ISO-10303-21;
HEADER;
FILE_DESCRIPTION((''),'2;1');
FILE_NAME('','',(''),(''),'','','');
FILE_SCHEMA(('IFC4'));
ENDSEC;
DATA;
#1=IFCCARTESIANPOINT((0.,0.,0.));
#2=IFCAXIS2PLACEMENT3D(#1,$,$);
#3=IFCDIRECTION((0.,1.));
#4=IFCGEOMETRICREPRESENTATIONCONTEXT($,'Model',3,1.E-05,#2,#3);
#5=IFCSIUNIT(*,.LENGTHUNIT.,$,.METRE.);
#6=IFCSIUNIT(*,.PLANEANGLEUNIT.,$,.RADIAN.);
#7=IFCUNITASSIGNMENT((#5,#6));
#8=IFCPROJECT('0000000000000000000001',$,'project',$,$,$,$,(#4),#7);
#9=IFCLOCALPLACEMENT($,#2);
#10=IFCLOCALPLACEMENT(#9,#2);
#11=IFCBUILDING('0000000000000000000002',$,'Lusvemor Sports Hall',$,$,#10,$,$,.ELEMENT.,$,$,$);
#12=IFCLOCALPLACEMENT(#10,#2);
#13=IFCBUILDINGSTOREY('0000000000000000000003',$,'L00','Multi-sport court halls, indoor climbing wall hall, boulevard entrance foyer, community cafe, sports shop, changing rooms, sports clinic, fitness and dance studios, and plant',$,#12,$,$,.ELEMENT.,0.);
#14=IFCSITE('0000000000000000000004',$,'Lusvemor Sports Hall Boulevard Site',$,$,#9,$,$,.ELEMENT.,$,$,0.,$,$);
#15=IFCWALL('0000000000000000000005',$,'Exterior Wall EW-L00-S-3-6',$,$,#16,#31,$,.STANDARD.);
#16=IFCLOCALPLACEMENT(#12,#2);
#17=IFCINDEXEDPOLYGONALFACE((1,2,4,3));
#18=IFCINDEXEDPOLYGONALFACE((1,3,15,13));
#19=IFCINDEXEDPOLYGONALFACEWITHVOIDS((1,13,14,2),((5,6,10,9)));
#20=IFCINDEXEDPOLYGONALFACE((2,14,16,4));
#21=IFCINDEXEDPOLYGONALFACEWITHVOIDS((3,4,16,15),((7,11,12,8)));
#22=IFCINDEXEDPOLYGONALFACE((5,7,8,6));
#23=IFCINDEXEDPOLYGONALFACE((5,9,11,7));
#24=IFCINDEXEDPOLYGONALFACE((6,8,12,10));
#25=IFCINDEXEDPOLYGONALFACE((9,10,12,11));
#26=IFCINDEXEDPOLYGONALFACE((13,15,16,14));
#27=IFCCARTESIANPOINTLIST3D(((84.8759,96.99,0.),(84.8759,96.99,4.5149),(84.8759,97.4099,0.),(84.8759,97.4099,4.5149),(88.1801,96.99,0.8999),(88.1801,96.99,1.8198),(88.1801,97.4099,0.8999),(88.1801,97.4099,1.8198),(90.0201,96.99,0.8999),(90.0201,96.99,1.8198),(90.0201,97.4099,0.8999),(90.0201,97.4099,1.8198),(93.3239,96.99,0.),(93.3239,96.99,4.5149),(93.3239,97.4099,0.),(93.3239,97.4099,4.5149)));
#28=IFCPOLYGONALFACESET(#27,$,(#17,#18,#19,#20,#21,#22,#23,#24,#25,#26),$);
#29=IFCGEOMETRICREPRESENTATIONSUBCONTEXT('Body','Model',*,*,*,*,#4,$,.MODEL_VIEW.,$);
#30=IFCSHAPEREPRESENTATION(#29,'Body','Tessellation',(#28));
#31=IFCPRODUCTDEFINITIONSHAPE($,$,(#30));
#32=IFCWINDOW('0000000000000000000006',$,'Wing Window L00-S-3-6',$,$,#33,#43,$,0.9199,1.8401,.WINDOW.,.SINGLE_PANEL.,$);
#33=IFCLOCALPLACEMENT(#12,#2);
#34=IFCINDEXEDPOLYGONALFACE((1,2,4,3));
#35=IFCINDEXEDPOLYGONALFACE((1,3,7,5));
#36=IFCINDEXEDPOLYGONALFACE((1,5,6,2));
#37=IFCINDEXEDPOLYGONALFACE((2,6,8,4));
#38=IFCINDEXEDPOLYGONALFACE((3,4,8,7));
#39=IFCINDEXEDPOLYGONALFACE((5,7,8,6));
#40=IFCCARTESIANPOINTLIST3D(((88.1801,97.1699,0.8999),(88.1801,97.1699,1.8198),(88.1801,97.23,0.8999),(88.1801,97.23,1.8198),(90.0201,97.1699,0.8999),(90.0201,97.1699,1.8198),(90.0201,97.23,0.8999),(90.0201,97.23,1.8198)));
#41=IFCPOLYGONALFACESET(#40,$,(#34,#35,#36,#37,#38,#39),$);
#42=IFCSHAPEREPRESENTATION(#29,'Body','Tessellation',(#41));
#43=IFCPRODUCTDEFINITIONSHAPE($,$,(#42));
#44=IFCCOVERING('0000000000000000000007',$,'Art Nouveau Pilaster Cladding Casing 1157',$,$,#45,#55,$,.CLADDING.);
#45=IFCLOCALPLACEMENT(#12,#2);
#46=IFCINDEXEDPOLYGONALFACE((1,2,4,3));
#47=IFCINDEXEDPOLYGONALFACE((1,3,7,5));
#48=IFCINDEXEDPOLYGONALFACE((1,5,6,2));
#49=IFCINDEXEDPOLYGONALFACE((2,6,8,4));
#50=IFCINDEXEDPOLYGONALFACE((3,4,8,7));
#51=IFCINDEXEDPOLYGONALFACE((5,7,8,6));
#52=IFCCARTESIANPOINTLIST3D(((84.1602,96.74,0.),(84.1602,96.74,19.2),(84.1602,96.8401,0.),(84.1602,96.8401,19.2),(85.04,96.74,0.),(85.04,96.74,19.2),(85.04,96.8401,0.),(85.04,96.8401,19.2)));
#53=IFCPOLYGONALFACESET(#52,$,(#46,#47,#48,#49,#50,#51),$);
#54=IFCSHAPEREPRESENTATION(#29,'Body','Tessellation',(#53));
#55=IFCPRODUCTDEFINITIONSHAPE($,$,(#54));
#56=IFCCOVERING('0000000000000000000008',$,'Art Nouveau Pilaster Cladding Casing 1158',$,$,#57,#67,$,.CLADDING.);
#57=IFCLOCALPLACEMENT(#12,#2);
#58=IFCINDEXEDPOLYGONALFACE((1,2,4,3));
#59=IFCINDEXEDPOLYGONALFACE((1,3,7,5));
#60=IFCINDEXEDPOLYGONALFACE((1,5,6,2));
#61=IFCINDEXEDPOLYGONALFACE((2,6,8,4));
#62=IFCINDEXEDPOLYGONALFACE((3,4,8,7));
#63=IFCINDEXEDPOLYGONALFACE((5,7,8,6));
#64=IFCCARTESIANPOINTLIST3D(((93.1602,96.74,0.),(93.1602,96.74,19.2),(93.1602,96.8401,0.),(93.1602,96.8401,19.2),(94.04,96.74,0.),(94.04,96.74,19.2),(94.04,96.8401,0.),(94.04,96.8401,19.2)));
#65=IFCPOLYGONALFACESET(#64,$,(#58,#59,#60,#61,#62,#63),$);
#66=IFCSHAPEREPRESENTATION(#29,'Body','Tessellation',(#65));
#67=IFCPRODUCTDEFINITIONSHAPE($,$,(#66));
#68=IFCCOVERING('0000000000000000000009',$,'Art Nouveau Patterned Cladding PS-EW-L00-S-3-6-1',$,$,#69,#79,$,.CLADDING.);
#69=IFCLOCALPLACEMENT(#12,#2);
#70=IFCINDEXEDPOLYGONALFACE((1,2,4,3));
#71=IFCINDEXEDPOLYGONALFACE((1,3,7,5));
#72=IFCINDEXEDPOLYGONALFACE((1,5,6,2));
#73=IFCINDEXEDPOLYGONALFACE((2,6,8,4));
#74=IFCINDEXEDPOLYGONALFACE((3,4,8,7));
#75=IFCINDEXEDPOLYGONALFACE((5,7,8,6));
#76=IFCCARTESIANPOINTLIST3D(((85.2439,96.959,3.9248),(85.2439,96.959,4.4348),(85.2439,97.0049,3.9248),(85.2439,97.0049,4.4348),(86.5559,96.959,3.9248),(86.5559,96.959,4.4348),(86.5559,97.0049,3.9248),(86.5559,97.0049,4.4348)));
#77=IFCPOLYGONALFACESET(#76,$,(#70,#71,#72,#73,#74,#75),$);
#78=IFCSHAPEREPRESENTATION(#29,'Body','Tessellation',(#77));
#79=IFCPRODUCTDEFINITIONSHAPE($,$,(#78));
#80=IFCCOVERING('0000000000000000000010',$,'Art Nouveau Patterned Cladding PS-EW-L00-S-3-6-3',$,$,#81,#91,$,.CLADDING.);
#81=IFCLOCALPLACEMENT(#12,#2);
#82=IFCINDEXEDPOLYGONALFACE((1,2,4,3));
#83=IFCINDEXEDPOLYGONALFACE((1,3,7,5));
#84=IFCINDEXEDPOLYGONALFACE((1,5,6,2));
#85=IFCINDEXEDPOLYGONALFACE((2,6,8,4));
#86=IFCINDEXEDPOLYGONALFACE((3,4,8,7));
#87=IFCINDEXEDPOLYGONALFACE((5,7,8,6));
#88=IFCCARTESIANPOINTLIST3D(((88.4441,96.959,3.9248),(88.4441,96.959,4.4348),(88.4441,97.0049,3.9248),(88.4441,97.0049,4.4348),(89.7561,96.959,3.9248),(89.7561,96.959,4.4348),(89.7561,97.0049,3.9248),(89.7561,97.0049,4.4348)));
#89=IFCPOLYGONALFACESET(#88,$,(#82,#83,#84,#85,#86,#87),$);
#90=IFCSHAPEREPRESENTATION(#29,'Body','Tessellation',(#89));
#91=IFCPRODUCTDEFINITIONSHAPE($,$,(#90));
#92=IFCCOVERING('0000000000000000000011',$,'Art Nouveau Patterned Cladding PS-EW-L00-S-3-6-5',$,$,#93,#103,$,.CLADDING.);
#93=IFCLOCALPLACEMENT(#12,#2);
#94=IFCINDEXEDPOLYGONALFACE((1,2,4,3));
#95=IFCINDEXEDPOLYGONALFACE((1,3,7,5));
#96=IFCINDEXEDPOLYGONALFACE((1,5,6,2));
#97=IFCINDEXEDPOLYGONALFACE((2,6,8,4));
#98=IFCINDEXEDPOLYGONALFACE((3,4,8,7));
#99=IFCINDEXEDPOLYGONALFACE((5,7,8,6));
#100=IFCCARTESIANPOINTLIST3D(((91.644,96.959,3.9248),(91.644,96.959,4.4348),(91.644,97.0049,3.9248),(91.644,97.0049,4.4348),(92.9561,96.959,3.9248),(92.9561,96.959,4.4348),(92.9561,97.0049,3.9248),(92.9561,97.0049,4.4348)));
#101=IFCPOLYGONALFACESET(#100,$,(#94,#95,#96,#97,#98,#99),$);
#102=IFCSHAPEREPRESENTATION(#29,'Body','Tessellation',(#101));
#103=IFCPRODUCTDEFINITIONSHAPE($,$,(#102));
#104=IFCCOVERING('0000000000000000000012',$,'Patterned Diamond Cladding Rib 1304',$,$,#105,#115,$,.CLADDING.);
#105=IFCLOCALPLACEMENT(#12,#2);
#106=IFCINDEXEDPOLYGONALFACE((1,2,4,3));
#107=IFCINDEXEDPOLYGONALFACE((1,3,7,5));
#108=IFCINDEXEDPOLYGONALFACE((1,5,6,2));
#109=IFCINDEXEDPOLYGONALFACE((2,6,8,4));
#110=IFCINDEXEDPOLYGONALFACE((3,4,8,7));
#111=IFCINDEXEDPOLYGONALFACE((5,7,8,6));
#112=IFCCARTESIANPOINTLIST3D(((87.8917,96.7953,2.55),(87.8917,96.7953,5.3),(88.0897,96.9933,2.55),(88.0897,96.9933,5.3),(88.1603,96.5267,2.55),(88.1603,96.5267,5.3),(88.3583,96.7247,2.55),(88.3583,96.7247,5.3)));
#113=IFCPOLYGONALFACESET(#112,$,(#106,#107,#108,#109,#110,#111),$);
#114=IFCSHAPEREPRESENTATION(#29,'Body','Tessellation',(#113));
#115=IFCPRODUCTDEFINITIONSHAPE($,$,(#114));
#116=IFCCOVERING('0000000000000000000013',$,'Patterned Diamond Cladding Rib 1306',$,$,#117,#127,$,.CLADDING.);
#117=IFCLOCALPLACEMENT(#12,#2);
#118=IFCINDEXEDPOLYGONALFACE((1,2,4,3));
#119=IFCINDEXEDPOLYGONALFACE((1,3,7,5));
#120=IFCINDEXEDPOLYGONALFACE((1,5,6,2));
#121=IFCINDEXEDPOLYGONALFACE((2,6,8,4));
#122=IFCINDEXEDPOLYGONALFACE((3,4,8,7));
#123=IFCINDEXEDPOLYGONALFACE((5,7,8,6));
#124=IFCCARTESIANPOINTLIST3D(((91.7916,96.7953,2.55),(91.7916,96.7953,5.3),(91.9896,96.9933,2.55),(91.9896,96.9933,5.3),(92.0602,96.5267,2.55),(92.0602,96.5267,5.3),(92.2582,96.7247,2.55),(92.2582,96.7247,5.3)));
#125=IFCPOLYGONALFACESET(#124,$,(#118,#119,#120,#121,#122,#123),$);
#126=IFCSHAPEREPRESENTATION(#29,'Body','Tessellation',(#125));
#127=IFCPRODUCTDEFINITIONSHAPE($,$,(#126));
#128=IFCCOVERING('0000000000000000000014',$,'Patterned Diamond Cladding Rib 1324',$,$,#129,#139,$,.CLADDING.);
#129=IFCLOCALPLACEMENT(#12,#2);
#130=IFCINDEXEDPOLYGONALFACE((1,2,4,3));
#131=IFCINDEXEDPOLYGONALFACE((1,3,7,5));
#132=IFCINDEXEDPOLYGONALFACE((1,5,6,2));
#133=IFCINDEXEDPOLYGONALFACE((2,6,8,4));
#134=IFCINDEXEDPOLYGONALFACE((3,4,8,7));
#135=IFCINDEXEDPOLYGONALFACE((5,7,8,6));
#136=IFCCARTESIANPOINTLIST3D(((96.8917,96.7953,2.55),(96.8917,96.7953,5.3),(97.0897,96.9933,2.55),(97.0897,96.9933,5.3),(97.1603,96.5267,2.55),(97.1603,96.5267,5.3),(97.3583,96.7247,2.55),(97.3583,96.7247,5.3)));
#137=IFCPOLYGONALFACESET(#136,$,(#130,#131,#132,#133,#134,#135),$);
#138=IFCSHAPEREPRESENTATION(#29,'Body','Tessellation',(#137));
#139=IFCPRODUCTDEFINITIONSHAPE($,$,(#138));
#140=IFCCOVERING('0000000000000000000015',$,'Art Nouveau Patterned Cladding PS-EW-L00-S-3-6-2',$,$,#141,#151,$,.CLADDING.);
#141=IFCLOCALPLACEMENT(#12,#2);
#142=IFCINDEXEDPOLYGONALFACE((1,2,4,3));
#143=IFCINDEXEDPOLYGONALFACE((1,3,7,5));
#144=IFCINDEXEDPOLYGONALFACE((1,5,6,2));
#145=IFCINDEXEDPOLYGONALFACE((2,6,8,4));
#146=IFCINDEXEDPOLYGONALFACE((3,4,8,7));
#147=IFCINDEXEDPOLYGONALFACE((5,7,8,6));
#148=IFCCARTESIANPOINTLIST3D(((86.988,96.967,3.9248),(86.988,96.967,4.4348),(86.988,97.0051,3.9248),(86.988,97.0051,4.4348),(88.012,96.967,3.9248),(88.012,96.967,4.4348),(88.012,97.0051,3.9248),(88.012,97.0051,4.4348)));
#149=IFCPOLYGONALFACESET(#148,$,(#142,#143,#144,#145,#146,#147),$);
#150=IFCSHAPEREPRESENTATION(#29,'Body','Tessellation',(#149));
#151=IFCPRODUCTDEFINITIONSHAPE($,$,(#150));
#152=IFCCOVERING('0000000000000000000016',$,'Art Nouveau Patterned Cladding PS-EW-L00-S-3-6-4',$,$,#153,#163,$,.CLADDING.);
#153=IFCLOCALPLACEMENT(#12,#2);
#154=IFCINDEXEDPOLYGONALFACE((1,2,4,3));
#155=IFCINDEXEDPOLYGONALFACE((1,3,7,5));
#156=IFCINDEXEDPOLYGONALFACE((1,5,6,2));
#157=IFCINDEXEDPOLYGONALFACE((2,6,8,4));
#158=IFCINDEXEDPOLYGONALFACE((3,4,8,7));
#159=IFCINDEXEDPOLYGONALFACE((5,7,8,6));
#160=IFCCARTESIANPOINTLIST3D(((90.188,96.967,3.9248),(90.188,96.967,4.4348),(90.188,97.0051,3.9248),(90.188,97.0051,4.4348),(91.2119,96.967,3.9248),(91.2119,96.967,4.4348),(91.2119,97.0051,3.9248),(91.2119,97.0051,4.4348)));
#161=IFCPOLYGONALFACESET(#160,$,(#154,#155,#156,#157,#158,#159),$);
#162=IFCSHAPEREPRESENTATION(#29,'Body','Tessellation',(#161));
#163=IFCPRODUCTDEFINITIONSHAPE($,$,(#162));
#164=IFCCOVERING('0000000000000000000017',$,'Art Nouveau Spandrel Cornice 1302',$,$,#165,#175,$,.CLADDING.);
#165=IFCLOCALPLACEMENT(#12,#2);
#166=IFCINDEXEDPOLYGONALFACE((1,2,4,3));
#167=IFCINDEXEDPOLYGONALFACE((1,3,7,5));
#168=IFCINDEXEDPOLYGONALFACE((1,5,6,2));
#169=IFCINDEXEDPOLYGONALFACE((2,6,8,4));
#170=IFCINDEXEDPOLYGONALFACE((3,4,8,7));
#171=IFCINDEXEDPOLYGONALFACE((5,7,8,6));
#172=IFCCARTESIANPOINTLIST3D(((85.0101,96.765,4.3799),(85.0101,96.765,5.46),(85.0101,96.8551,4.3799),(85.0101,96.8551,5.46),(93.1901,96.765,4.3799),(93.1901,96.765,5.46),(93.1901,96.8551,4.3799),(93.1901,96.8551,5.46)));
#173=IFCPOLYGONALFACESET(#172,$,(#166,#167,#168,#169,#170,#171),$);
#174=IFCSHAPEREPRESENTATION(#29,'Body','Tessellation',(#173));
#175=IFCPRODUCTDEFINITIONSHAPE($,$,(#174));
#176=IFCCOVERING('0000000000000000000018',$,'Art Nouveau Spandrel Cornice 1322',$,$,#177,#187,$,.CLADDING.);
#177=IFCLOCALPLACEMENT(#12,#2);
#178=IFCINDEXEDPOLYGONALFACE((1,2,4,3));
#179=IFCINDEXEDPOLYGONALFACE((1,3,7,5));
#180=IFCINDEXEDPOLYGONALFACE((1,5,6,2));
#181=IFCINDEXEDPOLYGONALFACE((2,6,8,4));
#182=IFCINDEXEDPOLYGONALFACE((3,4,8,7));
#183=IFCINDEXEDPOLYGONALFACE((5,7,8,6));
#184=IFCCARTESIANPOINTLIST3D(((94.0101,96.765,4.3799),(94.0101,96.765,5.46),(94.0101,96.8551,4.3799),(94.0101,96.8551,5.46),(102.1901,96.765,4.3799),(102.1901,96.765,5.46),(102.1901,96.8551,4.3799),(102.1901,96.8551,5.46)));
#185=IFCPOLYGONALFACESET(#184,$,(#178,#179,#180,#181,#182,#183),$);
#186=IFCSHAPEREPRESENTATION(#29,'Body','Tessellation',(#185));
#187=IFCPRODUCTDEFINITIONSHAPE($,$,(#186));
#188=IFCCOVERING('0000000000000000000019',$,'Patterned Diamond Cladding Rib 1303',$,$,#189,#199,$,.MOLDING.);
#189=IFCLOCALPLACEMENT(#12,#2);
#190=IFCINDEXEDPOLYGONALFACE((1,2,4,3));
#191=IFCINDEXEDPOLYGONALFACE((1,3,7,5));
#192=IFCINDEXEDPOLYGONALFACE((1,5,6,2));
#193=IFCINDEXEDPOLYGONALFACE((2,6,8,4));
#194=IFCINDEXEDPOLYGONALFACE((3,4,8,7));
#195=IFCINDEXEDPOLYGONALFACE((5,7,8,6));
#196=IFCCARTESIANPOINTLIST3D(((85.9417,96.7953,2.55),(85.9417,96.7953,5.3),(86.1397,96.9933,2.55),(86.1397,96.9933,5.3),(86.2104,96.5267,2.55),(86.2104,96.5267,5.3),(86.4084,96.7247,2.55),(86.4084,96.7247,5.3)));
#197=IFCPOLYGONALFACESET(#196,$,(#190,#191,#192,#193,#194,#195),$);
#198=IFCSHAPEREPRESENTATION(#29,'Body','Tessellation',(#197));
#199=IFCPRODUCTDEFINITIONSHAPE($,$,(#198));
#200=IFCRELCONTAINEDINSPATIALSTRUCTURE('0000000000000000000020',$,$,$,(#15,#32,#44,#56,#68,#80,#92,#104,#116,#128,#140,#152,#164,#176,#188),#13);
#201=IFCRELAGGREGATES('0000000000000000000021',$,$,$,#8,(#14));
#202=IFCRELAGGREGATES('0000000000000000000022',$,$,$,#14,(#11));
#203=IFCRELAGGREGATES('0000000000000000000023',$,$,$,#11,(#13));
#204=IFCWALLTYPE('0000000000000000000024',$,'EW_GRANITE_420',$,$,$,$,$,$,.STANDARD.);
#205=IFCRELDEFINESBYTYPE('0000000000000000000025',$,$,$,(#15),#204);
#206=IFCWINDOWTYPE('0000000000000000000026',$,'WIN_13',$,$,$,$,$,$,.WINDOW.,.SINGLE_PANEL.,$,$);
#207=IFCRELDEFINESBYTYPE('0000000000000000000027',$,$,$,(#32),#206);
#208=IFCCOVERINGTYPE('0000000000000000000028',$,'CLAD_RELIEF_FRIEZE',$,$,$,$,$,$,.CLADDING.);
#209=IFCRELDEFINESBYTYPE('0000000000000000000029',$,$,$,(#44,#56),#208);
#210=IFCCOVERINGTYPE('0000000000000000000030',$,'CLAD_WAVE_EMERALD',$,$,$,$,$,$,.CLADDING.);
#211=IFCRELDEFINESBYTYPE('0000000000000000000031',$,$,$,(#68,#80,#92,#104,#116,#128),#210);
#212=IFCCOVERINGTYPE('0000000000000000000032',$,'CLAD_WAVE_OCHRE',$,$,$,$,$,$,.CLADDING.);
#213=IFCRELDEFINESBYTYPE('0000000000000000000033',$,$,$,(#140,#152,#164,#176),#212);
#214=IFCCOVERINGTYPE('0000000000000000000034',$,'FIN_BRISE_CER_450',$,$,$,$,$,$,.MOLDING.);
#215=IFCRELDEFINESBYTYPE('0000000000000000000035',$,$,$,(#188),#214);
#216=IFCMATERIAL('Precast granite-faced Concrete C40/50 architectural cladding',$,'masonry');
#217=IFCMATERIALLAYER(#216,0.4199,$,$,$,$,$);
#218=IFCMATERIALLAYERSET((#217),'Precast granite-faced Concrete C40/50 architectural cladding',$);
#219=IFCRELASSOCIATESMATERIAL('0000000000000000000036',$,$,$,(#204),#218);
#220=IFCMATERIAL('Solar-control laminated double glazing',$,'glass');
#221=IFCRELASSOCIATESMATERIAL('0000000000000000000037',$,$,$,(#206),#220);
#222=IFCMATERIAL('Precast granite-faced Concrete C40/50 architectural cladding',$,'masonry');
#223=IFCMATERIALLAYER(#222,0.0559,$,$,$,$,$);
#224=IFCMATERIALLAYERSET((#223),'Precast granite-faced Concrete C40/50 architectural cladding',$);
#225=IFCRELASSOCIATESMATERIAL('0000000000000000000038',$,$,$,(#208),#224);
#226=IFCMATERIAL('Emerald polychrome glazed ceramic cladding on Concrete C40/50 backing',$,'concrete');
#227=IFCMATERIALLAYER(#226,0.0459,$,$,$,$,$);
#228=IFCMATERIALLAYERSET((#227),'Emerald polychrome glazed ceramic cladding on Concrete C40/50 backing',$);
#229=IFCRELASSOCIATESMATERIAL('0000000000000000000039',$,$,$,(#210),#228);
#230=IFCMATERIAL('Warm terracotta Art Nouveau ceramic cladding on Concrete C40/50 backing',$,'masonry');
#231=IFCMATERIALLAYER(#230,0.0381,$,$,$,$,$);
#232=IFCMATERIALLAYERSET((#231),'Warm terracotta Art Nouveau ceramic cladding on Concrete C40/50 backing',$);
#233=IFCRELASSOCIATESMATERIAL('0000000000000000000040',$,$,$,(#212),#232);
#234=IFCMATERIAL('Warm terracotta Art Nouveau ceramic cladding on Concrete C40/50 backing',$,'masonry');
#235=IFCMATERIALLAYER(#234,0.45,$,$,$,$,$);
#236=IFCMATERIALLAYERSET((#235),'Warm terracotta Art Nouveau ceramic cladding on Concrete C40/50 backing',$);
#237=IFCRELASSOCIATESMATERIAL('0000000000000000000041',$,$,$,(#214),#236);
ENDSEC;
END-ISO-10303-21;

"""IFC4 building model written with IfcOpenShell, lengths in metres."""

from ifc_helpers import new_model, si_unit, direction, frame, frame_2d, origin, origin_2d, place, context, subcontext, project, spatial, rectangle, extrude, material, layer, layer_set, type_object, element, fill, save


model = new_model("IFC4")

# Units and contexts
model_context = context("Model", 3, precision=1e-05, world=origin(), true_north=direction((0.0, 1.0)))
body_context = subcontext(model_context, "Body", "Model", "MODEL_VIEW")
ifc_project = project(units=[si_unit("LENGTHUNIT", "METRE"), si_unit("PLANEANGLEUNIT", "RADIAN")], contexts=[model_context])

# Site, building, storey
site_placement = place(None, origin())
site = spatial("IfcSite", under=ifc_project, at=site_placement, Name="Lusvemor Sports Hall Boulevard Site", CompositionType="ELEMENT", RefElevation=0.0)
building_placement = place(site_placement, origin())
building = spatial("IfcBuilding", under=site, at=building_placement, Name="Lusvemor Sports Hall", CompositionType="ELEMENT")
storey_placement = place(building_placement, origin())
storey = spatial("IfcBuildingStorey", under=building, at=storey_placement, Name="L00", Description="Multi-sport court halls, indoor climbing wall hall, boulevard entrance foyer, community cafe, sports shop, changing rooms, sports clinic, fitness and dance studios, and plant", CompositionType="ELEMENT", Elevation=0.0)

# Wall, opening, window
ifc_material_1 = material(Name="Precast granite-faced Concrete C40/50 architectural cladding", Category="masonry")
ifc_layer_1 = layer(ifc_material_1, 0.4199)
ifc_layer_set_1 = layer_set([ifc_layer_1], Name="Precast granite-faced Concrete C40/50 architectural cladding")
wall_type = type_object("IfcWallType", Name="EW_GRANITE_420", PredefinedType="STANDARD", material=ifc_layer_set_1)
wall_placement = place(storey_placement, frame((93.324, 97.2, 0.0), z_axis=(0.0, 0.0, 1.0), x_axis=(-1.0, 0.0, 0.0)))
wall = element("IfcWall", 1, at=wall_placement, inside=storey, type_object=wall_type, Name="Exterior Wall EW-L00-S-3-6", PredefinedType="STANDARD", context=body_context, shape_type="SweptSolid", body=[
    extrude(rectangle(XDim=8.448, YDim=0.4199, at=frame_2d((4.2241, 0.0))), origin(), (0.0, 0.0, 1.0), 4.5149),
])
opening_placement = place(wall_placement, frame((3.304, 0.0, 0.8999)))
opening = element("IfcOpeningElement", 2, at=opening_placement, cuts=wall, PredefinedType="OPENING", context=body_context, shape_type="SweptSolid", body=[
    extrude(rectangle(XDim=1.8401, YDim=0.9199, at=frame_2d((0.9199, 0.46))), frame((0.0, 0.21, 0.0), z_axis=(0.0, -1.0, 0.0), x_axis=(1.0, 0.0, 0.0)), (0.0, 0.0, 1.0), 0.4199),
])
ifc_material_2 = material(Name="Solar-control laminated double glazing", Category="glass")
window_type = type_object("IfcWindowType", Name="WIN_13", PartitioningType="SINGLE_PANEL", PredefinedType="WINDOW", material=ifc_material_2)
window_placement = place(opening_placement, origin())
window = element("IfcWindow", 3, at=window_placement, inside=storey, type_object=window_type, Name="Wing Window L00-S-3-6", OverallHeight=0.9199, OverallWidth=1.8401, PartitioningType="SINGLE_PANEL", PredefinedType="WINDOW", context=body_context, shape_type="SweptSolid", body=[
    extrude(rectangle(XDim=1.8401, YDim=0.9199, at=frame_2d((0.9199, 0.46))), frame((0.0, 0.03, 0.0), z_axis=(0.0, -1.0, 0.0), x_axis=(1.0, 0.0, 0.0)), (0.0, 0.0, 1.0), 0.0601),
])
fill(opening, window)

# Coverings
ifc_material_3 = material(Name="Precast granite-faced Concrete C40/50 architectural cladding", Category="masonry")
ifc_layer_2 = layer(ifc_material_3, 0.0559)
ifc_layer_set_2 = layer_set([ifc_layer_2], Name="Precast granite-faced Concrete C40/50 architectural cladding")
covering_type_1 = type_object("IfcCoveringType", Name="CLAD_RELIEF_FRIEZE", PredefinedType="CLADDING", material=ifc_layer_set_2)
for number, where, z_axis, x_axis, name in (
    (4, (84.6001, 96.79, 0.0), (0.0, 0.0, 1.0), (1.0, 0.0, 0.0), "Art Nouveau Pilaster Cladding Casing 1157"),
    (5, (93.6001, 96.79, 0.0), (0.0, 0.0, 1.0), (1.0, 0.0, 0.0), "Art Nouveau Pilaster Cladding Casing 1158"),
):
    element("IfcCovering", number, at=place(storey_placement, frame(where, z_axis=z_axis, x_axis=x_axis)), inside=storey, type_object=covering_type_1, Name=name, PredefinedType="CLADDING", context=body_context, shape_type="SweptSolid", body=[
        extrude(rectangle(XDim=0.8799, YDim=0.1001, at=origin_2d()), origin(), (0.0, 0.0, 1.0), 19.2),
    ])
ifc_material_4 = material(Name="Emerald polychrome glazed ceramic cladding on Concrete C40/50 backing", Category="concrete")
ifc_layer_3 = layer(ifc_material_4, 0.0459)
ifc_layer_set_3 = layer_set([ifc_layer_3], Name="Emerald polychrome glazed ceramic cladding on Concrete C40/50 backing")
covering_type_2 = type_object("IfcCoveringType", Name="CLAD_WAVE_EMERALD", PredefinedType="CLADDING", material=ifc_layer_set_3)
for number, where, z_axis, x_axis, name in (
    (6, (85.8999, 96.9819, 3.9248), (0.0, 0.0, 1.0), (1.0, 0.0, 0.0), "Art Nouveau Patterned Cladding PS-EW-L00-S-3-6-1"),
    (7, (89.1001, 96.9819, 3.9248), (0.0, 0.0, 1.0), (1.0, 0.0, 0.0), "Art Nouveau Patterned Cladding PS-EW-L00-S-3-6-3"),
    (8, (92.3, 96.9819, 3.9248), (0.0, 0.0, 1.0), (1.0, 0.0, 0.0), "Art Nouveau Patterned Cladding PS-EW-L00-S-3-6-5"),
):
    element("IfcCovering", number, at=place(storey_placement, frame(where, z_axis=z_axis, x_axis=x_axis)), inside=storey, type_object=covering_type_2, Name=name, PredefinedType="CLADDING", context=body_context, shape_type="SweptSolid", body=[
        extrude(rectangle(XDim=1.312, YDim=0.0459, at=origin_2d()), origin(), (0.0, 0.0, 1.0), 0.51),
    ])
for number, where, z_axis, x_axis, name in (
    (9, (88.125, 96.76, 2.55), (0.0, 0.0, 1.0), (0.707107, 0.707107, 0.0), "Patterned Diamond Cladding Rib 1304"),
    (10, (92.0249, 96.76, 2.55), (0.0, 0.0, 1.0), (0.707107, 0.707107, 0.0), "Patterned Diamond Cladding Rib 1306"),
    (11, (97.125, 96.76, 2.55), (0.0, 0.0, 1.0), (0.707107, 0.707107, 0.0), "Patterned Diamond Cladding Rib 1324"),
):
    element("IfcCovering", number, at=place(storey_placement, frame(where, z_axis=z_axis, x_axis=x_axis)), inside=storey, type_object=covering_type_2, Name=name, PredefinedType="CLADDING", context=body_context, shape_type="SweptSolid", body=[
        extrude(rectangle(XDim=0.28, YDim=0.3799, at=origin_2d()), origin(), (0.0, 0.0, 1.0), 2.75),
    ])
ifc_material_5 = material(Name="Warm terracotta Art Nouveau ceramic cladding on Concrete C40/50 backing", Category="masonry")
ifc_layer_4 = layer(ifc_material_5, 0.0381)
ifc_layer_set_4 = layer_set([ifc_layer_4], Name="Warm terracotta Art Nouveau ceramic cladding on Concrete C40/50 backing")
covering_type_3 = type_object("IfcCoveringType", Name="CLAD_WAVE_OCHRE", PredefinedType="CLADDING", material=ifc_layer_set_4)
for number, where, z_axis, x_axis, name in (
    (12, (87.5, 96.9861, 3.9248), (0.0, 0.0, 1.0), (1.0, 0.0, 0.0), "Art Nouveau Patterned Cladding PS-EW-L00-S-3-6-2"),
    (13, (90.7, 96.9861, 3.9248), (0.0, 0.0, 1.0), (1.0, 0.0, 0.0), "Art Nouveau Patterned Cladding PS-EW-L00-S-3-6-4"),
):
    element("IfcCovering", number, at=place(storey_placement, frame(where, z_axis=z_axis, x_axis=x_axis)), inside=storey, type_object=covering_type_3, Name=name, PredefinedType="CLADDING", context=body_context, shape_type="SweptSolid", body=[
        extrude(rectangle(XDim=1.0239, YDim=0.0381, at=origin_2d()), origin(), (0.0, 0.0, 1.0), 0.51),
    ])
for number, where, z_axis, x_axis, name in (
    (14, (89.1001, 96.8101, 4.3799), (0.0, 0.0, 1.0), (1.0, 0.0, 0.0), "Art Nouveau Spandrel Cornice 1302"),
    (15, (98.1001, 96.8101, 4.3799), (0.0, 0.0, 1.0), (1.0, 0.0, 0.0), "Art Nouveau Spandrel Cornice 1322"),
):
    element("IfcCovering", number, at=place(storey_placement, frame(where, z_axis=z_axis, x_axis=x_axis)), inside=storey, type_object=covering_type_3, Name=name, PredefinedType="CLADDING", context=body_context, shape_type="SweptSolid", body=[
        extrude(rectangle(XDim=8.1799, YDim=0.0901, at=origin_2d()), origin(), (0.0, 0.0, 1.0), 1.0801),
    ])
ifc_material_6 = material(Name="Warm terracotta Art Nouveau ceramic cladding on Concrete C40/50 backing", Category="masonry")
ifc_layer_5 = layer(ifc_material_6, 0.45)
ifc_layer_set_5 = layer_set([ifc_layer_5], Name="Warm terracotta Art Nouveau ceramic cladding on Concrete C40/50 backing")
covering_type_4 = type_object("IfcCoveringType", Name="FIN_BRISE_CER_450", PredefinedType="MOLDING", material=ifc_layer_set_5)
for number, where, z_axis, x_axis, name in (
    (16, (86.175, 96.76, 2.55), (0.0, 0.0, 1.0), (0.707107, 0.707107, 0.0), "Patterned Diamond Cladding Rib 1303"),
):
    element("IfcCovering", number, at=place(storey_placement, frame(where, z_axis=z_axis, x_axis=x_axis)), inside=storey, type_object=covering_type_4, Name=name, PredefinedType="MOLDING", context=body_context, shape_type="SweptSolid", body=[
        extrude(rectangle(XDim=0.28, YDim=0.3799, at=origin_2d()), origin(), (0.0, 0.0, 1.0), 2.75),
    ])

save(model, "model.ifc")
